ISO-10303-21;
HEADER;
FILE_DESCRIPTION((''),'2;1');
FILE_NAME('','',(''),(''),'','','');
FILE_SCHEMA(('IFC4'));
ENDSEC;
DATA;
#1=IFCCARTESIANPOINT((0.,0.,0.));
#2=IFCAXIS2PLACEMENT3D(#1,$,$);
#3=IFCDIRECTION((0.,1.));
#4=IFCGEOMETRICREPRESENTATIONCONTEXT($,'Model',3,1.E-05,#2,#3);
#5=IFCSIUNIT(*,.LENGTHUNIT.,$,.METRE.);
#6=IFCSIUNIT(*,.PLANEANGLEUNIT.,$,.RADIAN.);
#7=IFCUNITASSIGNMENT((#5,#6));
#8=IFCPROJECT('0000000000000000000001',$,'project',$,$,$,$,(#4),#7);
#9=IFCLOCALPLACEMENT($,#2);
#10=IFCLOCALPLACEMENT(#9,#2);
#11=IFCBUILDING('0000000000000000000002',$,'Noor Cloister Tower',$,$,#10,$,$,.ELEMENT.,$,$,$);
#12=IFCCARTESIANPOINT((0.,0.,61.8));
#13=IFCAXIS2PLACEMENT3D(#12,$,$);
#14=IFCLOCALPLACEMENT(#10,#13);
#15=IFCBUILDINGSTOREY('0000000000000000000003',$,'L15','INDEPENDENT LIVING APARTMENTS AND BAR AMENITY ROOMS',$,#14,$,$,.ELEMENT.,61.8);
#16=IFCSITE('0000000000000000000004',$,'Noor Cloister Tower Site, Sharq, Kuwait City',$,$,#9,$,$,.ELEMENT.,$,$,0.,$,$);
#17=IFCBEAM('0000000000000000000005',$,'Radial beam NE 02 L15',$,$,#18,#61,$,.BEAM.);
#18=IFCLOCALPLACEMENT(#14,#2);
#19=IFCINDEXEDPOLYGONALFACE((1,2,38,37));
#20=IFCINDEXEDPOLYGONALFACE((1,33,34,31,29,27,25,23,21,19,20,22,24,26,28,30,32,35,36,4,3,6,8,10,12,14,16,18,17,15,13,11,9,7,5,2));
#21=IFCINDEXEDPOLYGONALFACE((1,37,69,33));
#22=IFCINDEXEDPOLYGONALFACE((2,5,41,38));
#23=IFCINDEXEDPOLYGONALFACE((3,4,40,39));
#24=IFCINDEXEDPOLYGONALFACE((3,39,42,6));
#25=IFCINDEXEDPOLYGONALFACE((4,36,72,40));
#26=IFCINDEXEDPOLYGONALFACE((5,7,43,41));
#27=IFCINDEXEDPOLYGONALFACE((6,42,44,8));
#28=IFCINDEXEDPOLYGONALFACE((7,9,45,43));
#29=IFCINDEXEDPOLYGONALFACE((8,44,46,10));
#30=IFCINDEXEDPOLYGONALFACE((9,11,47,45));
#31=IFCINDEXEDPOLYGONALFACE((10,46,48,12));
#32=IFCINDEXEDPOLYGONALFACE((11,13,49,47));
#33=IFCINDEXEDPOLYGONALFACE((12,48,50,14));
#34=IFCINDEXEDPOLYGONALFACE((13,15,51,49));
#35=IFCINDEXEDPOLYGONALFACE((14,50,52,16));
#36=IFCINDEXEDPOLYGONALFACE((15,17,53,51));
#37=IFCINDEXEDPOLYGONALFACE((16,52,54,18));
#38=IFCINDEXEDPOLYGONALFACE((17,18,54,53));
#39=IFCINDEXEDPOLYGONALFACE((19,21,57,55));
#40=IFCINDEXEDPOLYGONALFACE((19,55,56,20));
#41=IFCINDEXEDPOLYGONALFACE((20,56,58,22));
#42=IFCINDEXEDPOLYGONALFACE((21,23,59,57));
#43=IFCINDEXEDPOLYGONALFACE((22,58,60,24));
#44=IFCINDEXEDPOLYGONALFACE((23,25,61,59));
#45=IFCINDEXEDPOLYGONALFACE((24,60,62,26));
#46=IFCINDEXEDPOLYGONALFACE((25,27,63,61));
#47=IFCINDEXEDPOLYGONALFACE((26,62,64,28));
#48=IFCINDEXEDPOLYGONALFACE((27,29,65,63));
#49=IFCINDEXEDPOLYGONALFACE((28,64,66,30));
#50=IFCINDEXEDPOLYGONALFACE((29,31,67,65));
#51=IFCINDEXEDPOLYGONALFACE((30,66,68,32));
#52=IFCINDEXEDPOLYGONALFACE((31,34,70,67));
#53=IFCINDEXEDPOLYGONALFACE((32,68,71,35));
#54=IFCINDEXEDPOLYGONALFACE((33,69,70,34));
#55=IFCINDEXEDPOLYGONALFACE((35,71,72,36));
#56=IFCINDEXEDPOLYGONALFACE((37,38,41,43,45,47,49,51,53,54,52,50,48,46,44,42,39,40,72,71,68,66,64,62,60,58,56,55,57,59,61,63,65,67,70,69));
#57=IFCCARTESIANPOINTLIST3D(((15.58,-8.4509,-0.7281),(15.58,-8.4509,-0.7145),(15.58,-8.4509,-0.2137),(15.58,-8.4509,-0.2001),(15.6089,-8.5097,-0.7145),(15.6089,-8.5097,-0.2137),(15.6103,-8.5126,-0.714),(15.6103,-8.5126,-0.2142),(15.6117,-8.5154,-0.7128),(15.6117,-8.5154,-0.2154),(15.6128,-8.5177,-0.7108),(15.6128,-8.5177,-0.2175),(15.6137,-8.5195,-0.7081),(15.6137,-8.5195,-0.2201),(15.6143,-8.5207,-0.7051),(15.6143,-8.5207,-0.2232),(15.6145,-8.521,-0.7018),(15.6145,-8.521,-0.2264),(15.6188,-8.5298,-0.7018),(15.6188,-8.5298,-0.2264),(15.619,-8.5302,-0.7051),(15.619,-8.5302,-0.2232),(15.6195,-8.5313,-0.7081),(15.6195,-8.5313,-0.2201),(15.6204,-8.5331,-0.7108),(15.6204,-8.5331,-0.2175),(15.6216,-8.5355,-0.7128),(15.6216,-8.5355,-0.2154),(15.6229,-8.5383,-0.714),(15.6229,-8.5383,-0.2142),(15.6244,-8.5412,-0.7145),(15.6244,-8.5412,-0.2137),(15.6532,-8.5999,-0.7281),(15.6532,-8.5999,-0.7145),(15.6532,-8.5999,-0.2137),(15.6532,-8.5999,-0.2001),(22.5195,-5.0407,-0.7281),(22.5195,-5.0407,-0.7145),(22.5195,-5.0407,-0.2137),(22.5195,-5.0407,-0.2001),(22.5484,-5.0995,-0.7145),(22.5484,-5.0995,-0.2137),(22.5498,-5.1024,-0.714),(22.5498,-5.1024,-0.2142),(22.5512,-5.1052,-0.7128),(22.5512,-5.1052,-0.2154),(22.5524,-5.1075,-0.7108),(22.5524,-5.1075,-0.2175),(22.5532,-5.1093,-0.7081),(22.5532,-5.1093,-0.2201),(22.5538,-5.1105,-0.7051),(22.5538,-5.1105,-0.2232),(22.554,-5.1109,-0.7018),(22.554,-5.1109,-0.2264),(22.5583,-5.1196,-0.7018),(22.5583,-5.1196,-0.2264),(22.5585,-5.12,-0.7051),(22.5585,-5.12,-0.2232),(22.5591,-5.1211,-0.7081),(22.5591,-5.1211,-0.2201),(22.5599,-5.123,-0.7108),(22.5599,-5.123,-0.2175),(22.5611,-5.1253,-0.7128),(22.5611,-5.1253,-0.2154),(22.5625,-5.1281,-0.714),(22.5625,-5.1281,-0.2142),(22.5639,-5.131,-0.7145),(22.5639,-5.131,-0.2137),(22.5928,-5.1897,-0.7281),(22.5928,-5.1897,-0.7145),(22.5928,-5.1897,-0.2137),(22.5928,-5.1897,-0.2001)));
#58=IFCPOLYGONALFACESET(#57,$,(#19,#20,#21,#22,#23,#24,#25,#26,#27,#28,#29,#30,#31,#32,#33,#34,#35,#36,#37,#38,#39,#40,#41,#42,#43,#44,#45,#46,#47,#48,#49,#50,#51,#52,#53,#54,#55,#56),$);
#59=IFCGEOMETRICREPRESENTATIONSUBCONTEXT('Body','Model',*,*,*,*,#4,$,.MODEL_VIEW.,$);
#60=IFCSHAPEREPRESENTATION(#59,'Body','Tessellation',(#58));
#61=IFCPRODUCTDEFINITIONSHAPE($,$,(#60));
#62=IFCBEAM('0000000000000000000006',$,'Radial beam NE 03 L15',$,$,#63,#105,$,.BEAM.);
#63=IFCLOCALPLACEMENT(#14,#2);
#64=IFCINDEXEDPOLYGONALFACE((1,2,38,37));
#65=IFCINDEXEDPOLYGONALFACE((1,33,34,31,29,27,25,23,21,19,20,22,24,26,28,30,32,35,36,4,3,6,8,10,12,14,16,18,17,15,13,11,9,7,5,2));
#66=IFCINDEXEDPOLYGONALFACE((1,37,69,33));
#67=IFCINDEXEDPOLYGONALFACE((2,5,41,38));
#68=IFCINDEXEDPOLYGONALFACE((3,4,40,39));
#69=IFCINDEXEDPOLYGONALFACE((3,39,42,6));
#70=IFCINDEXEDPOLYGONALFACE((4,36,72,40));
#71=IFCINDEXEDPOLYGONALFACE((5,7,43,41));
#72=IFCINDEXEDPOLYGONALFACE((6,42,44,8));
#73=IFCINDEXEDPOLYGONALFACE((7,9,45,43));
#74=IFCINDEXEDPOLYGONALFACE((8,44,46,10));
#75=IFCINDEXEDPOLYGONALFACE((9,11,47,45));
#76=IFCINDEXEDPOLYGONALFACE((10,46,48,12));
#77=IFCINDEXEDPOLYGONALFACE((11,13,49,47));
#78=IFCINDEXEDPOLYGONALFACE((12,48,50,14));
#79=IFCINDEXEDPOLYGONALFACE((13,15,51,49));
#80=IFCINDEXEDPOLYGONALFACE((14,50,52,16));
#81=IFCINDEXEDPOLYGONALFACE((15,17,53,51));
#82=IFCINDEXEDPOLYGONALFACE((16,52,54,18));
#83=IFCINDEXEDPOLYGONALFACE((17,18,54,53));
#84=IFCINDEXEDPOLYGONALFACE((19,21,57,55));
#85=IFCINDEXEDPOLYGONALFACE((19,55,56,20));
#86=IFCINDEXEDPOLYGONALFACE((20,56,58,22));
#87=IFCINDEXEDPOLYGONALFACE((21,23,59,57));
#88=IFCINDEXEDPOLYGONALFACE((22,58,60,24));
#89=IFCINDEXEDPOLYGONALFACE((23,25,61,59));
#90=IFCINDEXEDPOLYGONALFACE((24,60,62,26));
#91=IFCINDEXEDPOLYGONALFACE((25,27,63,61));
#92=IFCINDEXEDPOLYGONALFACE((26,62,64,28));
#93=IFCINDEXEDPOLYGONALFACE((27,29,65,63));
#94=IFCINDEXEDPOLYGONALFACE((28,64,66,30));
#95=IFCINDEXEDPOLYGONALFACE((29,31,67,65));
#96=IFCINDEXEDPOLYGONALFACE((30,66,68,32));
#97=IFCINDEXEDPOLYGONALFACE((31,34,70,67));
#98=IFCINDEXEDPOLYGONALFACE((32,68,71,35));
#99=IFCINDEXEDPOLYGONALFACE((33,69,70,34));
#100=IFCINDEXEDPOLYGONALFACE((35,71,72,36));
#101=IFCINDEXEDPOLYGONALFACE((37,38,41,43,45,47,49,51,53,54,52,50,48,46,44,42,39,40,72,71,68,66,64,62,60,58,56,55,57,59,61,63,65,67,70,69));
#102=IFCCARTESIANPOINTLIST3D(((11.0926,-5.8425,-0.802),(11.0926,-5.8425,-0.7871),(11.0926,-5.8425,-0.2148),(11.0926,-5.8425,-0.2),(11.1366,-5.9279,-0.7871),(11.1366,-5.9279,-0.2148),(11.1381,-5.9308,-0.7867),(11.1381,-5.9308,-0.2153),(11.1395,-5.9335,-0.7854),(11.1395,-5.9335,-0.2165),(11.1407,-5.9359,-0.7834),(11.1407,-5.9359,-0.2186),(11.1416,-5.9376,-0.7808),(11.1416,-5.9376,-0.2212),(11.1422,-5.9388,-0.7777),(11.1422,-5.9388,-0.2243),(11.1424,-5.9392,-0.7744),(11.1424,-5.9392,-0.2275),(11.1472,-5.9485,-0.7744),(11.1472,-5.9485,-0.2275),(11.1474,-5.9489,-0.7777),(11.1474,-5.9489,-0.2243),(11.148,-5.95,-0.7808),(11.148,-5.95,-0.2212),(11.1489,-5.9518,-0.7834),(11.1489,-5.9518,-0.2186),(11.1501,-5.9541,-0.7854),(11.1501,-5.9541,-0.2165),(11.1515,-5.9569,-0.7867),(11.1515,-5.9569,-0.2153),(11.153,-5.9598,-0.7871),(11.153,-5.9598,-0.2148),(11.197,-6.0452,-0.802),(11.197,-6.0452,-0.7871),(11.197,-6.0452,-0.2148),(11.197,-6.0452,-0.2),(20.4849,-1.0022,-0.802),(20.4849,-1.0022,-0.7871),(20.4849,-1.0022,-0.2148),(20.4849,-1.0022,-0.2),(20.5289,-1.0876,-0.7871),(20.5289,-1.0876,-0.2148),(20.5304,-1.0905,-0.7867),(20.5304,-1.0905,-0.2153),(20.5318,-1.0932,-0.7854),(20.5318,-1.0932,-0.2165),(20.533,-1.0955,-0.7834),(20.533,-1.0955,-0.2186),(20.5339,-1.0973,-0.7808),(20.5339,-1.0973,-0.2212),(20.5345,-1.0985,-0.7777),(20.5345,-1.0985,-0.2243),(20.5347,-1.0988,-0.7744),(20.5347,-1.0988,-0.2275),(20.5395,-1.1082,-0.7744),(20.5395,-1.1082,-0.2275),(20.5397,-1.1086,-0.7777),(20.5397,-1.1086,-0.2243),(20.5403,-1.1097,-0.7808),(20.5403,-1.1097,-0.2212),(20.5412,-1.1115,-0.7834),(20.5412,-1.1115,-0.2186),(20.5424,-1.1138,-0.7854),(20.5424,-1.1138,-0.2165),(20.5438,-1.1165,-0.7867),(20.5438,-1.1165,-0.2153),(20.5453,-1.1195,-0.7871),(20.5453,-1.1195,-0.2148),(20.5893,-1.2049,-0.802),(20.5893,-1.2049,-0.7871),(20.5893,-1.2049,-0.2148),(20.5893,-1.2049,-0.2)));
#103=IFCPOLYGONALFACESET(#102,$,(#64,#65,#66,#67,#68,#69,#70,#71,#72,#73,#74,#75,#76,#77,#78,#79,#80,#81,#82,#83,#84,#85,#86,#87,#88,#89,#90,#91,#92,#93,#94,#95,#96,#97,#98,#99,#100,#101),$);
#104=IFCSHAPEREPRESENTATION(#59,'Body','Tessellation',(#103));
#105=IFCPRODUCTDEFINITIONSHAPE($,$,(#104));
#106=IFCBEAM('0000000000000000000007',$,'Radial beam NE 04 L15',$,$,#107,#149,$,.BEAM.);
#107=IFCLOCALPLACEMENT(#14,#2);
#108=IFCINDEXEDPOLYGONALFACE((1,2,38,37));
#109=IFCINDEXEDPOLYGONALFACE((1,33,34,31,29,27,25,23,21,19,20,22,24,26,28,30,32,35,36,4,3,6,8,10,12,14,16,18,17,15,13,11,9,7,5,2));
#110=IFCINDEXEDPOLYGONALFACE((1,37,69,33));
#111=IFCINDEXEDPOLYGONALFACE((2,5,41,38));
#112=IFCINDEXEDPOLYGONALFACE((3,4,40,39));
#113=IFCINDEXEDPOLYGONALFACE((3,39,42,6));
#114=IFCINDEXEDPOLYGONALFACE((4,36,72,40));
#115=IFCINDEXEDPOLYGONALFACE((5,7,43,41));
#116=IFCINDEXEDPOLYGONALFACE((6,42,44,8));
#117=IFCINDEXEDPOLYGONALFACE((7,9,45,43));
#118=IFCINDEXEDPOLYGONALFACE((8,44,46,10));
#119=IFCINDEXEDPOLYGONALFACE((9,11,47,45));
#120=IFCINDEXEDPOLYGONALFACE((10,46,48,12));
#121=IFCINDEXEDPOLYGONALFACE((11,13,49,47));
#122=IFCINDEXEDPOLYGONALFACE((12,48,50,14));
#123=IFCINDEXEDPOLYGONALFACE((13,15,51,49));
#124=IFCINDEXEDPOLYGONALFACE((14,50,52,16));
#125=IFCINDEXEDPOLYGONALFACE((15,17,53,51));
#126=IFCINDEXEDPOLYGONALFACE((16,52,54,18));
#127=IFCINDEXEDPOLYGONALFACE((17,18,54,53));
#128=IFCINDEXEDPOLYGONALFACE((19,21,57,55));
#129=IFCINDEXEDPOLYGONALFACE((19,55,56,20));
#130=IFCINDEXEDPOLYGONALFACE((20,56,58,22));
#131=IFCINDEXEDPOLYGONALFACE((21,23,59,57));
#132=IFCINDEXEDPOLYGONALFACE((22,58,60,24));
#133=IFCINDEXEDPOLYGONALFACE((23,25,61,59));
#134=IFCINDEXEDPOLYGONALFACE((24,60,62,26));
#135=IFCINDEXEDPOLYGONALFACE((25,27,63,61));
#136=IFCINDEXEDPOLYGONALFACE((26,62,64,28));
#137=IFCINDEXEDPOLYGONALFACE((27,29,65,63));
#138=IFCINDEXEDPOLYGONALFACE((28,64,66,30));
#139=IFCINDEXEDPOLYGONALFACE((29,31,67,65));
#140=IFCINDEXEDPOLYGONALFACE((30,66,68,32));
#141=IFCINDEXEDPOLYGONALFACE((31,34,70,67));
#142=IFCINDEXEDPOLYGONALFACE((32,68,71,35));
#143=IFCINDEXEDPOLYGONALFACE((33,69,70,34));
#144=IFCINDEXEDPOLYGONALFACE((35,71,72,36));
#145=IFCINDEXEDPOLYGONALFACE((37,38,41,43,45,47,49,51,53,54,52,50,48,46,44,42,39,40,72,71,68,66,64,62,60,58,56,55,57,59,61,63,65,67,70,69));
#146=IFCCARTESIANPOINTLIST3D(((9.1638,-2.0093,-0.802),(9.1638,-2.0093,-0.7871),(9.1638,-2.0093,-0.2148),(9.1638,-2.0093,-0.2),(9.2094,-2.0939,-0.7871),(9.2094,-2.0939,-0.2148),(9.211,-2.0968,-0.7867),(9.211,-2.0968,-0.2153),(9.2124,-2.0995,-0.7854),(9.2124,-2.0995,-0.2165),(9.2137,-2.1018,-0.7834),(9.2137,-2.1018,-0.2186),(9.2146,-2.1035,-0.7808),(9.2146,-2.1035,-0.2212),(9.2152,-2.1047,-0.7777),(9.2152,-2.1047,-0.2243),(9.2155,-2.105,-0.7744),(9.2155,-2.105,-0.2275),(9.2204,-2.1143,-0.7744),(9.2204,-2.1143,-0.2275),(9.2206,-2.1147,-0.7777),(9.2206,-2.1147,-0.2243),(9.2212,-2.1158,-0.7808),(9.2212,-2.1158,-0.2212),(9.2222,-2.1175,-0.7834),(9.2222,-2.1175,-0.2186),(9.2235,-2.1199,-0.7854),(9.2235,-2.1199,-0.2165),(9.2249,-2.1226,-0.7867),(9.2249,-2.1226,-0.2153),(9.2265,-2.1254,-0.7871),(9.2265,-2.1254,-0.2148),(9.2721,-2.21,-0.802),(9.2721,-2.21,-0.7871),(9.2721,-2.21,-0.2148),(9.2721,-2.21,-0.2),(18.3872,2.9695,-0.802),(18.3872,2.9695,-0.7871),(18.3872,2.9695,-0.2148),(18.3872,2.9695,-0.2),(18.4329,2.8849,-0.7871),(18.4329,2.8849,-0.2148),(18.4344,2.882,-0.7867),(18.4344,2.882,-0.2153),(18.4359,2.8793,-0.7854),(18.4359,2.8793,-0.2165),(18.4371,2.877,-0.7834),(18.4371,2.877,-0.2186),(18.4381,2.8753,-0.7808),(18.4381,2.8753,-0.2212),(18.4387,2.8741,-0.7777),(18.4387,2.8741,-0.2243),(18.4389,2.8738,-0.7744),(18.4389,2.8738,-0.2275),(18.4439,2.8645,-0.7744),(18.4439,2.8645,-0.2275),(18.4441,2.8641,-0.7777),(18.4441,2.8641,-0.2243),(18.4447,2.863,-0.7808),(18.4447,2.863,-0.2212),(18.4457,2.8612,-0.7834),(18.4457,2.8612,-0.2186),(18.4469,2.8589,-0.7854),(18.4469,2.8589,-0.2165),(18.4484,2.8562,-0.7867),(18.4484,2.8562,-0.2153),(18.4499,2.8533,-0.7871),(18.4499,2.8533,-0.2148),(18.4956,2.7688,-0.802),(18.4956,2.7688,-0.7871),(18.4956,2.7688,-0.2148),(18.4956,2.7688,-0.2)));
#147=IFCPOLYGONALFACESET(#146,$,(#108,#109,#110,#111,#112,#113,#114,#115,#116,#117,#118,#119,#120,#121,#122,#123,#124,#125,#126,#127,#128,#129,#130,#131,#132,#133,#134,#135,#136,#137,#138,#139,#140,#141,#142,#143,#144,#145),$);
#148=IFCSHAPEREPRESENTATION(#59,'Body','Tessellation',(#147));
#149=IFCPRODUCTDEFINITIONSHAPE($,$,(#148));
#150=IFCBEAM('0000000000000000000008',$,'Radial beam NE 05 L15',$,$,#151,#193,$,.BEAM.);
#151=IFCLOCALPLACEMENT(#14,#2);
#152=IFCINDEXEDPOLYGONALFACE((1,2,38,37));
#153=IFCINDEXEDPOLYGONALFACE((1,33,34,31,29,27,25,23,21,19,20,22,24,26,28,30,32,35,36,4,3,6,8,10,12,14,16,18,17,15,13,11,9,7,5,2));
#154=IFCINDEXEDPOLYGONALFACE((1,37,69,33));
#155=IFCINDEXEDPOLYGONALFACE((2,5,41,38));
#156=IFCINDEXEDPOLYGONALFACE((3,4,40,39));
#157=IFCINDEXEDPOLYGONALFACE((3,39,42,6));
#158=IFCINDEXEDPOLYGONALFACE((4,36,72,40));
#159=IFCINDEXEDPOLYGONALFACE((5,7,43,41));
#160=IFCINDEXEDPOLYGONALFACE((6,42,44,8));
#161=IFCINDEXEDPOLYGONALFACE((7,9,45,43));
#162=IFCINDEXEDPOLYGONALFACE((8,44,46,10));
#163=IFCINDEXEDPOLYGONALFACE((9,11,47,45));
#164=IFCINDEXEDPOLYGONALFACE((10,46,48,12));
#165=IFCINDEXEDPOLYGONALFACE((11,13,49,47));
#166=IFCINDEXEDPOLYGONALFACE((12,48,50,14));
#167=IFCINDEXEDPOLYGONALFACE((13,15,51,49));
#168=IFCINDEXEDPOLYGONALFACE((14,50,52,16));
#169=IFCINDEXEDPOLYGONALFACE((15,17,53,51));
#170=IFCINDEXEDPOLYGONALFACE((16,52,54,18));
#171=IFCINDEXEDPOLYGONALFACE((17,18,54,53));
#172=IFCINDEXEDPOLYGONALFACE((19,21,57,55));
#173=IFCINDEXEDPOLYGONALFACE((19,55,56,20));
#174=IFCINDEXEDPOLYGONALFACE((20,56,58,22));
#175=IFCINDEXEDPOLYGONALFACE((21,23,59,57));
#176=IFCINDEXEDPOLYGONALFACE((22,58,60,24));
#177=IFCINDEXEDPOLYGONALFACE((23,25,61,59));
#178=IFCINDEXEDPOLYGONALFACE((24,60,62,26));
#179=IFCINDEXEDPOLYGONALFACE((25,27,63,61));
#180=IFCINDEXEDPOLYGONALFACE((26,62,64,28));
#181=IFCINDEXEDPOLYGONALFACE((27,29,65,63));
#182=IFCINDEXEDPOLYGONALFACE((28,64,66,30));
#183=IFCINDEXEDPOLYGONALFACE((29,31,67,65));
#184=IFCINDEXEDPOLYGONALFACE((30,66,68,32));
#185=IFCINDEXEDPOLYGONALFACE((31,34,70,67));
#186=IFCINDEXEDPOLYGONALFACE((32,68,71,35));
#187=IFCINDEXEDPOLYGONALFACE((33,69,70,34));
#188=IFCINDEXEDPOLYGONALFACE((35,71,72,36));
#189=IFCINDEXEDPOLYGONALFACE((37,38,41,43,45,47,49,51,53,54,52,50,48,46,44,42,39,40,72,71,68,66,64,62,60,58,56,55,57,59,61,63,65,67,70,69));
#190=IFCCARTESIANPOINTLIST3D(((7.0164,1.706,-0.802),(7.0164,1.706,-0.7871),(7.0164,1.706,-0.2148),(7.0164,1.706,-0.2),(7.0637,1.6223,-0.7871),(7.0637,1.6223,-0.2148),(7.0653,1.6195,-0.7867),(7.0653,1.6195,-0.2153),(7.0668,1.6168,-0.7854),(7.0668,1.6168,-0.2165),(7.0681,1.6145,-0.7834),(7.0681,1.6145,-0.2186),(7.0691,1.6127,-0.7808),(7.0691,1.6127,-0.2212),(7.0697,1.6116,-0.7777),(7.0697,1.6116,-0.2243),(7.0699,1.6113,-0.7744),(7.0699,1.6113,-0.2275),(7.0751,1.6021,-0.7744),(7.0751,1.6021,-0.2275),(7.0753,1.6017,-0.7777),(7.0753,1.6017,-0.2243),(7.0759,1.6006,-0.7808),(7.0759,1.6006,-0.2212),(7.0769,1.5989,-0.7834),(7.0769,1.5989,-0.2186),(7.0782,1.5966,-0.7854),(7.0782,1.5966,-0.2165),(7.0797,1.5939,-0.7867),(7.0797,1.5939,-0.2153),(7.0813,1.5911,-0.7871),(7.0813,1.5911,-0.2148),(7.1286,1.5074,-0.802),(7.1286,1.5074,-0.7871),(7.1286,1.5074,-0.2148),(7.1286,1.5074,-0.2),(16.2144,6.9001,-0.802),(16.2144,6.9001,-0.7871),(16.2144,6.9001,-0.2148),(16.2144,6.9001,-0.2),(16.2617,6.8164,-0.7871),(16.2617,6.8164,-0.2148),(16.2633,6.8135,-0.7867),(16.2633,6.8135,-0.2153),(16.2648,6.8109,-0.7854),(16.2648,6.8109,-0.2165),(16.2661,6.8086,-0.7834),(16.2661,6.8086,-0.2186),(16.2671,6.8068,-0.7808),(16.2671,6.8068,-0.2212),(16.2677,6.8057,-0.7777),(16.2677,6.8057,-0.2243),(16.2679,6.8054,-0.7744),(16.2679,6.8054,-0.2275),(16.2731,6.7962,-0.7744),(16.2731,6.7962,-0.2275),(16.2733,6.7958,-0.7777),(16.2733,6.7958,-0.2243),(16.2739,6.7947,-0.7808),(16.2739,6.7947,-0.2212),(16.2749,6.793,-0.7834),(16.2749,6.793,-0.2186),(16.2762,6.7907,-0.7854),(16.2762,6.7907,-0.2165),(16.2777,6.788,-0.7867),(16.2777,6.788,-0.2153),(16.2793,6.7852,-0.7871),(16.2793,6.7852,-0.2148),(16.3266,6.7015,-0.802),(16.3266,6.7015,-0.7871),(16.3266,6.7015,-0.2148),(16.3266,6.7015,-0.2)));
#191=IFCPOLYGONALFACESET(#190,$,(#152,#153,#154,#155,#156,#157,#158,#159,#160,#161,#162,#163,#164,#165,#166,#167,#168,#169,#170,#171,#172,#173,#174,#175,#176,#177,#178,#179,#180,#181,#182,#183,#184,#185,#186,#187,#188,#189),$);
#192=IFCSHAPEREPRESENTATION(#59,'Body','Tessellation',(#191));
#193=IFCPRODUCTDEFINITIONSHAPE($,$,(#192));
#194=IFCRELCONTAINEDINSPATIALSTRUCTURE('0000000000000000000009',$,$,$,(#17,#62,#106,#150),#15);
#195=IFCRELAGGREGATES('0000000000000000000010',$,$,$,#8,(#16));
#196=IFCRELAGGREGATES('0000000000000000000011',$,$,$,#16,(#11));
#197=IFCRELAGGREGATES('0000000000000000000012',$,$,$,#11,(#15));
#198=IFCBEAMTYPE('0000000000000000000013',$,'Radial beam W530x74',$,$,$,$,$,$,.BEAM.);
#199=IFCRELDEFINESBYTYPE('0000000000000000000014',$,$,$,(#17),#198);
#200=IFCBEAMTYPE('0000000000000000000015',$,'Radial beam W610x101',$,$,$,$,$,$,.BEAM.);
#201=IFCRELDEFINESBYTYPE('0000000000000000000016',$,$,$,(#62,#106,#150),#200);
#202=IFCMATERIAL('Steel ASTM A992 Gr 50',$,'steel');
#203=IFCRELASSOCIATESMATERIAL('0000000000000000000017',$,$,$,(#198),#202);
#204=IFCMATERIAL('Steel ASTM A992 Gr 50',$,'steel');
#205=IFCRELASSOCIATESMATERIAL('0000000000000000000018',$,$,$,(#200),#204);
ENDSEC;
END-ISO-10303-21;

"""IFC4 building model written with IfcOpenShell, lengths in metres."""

from ifc_helpers import new_model, si_unit, direction, frame, origin, origin_2d, place, context, subcontext, project, spatial, i_section, extrude, material, material_profile, profile_set, type_object, element, save


model = new_model("IFC4")

# Units and contexts
model_context = context("Model", 3, precision=1e-05, world=origin(), true_north=direction((0.0, 1.0)))
body_context = subcontext(model_context, "Body", "Model", "MODEL_VIEW")
ifc_project = project(units=[si_unit("LENGTHUNIT", "METRE"), si_unit("PLANEANGLEUNIT", "RADIAN")], contexts=[model_context])

# Site, building, storey
site_placement = place(None, origin())
site = spatial("IfcSite", under=ifc_project, at=site_placement, Name="Noor Cloister Tower Site, Sharq, Kuwait City", CompositionType="ELEMENT", RefElevation=0.0)
building_placement = place(site_placement, origin())
building = spatial("IfcBuilding", under=site, at=building_placement, Name="Noor Cloister Tower", CompositionType="ELEMENT")
storey_placement = place(building_placement, frame((0.0, 0.0, 61.8)))
storey = spatial("IfcBuildingStorey", under=building, at=storey_placement, Name="L15", Description="INDEPENDENT LIVING APARTMENTS AND BAR AMENITY ROOMS", CompositionType="ELEMENT", Elevation=61.8)

# Beams
ifc_material_1 = material(Name="Steel ASTM A992 Gr 50", Category="steel")
ifc_material_profile_1 = material_profile(ifc_material_1, i_section(OverallWidth=0.166, OverallDepth=0.5281, WebThickness=0.0098, FlangeThickness=0.0137, FilletRadius=0.0127, at=origin_2d()), Name="W530x74")
ifc_profile_set_1 = profile_set([ifc_material_profile_1], Name="Steel ASTM A992 Gr 50")
beam_type_1 = type_object("IfcBeamType", Name="Radial beam W530x74", PredefinedType="BEAM", material=ifc_profile_set_1)
beam_1_placement = place(storey_placement, frame((22.5562, -5.1152, -0.4641), z_axis=(-0.897488, -0.44104, 0.0), x_axis=(0.44104, -0.897488, 0.0)))
element("IfcBeam", 1, at=beam_1_placement, inside=storey, type_object=beam_type_1, Name="Radial beam NE 02 L15", PredefinedType="BEAM", context=body_context, shape_type="SweptSolid", body=[
    extrude(i_section(OverallWidth=0.166, OverallDepth=0.5281, WebThickness=0.0098, FlangeThickness=0.0137, FilletRadius=0.0127, at=origin_2d()), origin(), (0.0, 0.0, 1.0), 7.7322),
])
ifc_material_2 = material(Name="Steel ASTM A992 Gr 50", Category="steel")
ifc_material_profile_2 = material_profile(ifc_material_2, i_section(OverallWidth=0.228, OverallDepth=0.6021, WebThickness=0.0105, FlangeThickness=0.0149, FilletRadius=0.0127, at=origin_2d()), Name="W610x101")
ifc_profile_set_2 = profile_set([ifc_material_profile_2], Name="Steel ASTM A992 Gr 50")
beam_type_2 = type_object("IfcBeamType", Name="Radial beam W610x101", PredefinedType="BEAM", material=ifc_profile_set_2)
beam_2_placement = place(storey_placement, frame((20.5371, -1.1035, -0.501), z_axis=(-0.888903, -0.458095, 0.0), x_axis=(0.458095, -0.888903, 0.0)))
element("IfcBeam", 2, at=beam_2_placement, inside=storey, type_object=beam_type_2, Name="Radial beam NE 03 L15", PredefinedType="BEAM", context=body_context, shape_type="SweptSolid", body=[
    extrude(i_section(OverallWidth=0.228, OverallDepth=0.6021, WebThickness=0.0105, FlangeThickness=0.0149, FilletRadius=0.0127, at=origin_2d()), origin(), (0.0, 0.0, 1.0), 10.5662),
])
beam_3_placement = place(storey_placement, frame((18.4414, 2.8691, -0.501), z_axis=(-0.87998, -0.475011, 0.0), x_axis=(0.475011, -0.87998, 0.0)))
element("IfcBeam", 3, at=beam_3_placement, inside=storey, type_object=beam_type_2, Name="Radial beam NE 04 L15", PredefinedType="BEAM", context=body_context, shape_type="SweptSolid", body=[
    extrude(i_section(OverallWidth=0.228, OverallDepth=0.6021, WebThickness=0.0105, FlangeThickness=0.0149, FilletRadius=0.0127, at=origin_2d()), origin(), (0.0, 0.0, 1.0), 10.4814),
])
beam_4_placement = place(storey_placement, frame((16.2705, 6.8008, -0.501), z_axis=(-0.870756, -0.491715, 0.0), x_axis=(0.491715, -0.870756, 0.0)))
element("IfcBeam", 4, at=beam_4_placement, inside=storey, type_object=beam_type_2, Name="Radial beam NE 05 L15", PredefinedType="BEAM", context=body_context, shape_type="SweptSolid", body=[
    extrude(i_section(OverallWidth=0.228, OverallDepth=0.6021, WebThickness=0.0105, FlangeThickness=0.0149, FilletRadius=0.0127, at=origin_2d()), origin(), (0.0, 0.0, 1.0), 10.5632),
])

save(model, "model.ifc")
